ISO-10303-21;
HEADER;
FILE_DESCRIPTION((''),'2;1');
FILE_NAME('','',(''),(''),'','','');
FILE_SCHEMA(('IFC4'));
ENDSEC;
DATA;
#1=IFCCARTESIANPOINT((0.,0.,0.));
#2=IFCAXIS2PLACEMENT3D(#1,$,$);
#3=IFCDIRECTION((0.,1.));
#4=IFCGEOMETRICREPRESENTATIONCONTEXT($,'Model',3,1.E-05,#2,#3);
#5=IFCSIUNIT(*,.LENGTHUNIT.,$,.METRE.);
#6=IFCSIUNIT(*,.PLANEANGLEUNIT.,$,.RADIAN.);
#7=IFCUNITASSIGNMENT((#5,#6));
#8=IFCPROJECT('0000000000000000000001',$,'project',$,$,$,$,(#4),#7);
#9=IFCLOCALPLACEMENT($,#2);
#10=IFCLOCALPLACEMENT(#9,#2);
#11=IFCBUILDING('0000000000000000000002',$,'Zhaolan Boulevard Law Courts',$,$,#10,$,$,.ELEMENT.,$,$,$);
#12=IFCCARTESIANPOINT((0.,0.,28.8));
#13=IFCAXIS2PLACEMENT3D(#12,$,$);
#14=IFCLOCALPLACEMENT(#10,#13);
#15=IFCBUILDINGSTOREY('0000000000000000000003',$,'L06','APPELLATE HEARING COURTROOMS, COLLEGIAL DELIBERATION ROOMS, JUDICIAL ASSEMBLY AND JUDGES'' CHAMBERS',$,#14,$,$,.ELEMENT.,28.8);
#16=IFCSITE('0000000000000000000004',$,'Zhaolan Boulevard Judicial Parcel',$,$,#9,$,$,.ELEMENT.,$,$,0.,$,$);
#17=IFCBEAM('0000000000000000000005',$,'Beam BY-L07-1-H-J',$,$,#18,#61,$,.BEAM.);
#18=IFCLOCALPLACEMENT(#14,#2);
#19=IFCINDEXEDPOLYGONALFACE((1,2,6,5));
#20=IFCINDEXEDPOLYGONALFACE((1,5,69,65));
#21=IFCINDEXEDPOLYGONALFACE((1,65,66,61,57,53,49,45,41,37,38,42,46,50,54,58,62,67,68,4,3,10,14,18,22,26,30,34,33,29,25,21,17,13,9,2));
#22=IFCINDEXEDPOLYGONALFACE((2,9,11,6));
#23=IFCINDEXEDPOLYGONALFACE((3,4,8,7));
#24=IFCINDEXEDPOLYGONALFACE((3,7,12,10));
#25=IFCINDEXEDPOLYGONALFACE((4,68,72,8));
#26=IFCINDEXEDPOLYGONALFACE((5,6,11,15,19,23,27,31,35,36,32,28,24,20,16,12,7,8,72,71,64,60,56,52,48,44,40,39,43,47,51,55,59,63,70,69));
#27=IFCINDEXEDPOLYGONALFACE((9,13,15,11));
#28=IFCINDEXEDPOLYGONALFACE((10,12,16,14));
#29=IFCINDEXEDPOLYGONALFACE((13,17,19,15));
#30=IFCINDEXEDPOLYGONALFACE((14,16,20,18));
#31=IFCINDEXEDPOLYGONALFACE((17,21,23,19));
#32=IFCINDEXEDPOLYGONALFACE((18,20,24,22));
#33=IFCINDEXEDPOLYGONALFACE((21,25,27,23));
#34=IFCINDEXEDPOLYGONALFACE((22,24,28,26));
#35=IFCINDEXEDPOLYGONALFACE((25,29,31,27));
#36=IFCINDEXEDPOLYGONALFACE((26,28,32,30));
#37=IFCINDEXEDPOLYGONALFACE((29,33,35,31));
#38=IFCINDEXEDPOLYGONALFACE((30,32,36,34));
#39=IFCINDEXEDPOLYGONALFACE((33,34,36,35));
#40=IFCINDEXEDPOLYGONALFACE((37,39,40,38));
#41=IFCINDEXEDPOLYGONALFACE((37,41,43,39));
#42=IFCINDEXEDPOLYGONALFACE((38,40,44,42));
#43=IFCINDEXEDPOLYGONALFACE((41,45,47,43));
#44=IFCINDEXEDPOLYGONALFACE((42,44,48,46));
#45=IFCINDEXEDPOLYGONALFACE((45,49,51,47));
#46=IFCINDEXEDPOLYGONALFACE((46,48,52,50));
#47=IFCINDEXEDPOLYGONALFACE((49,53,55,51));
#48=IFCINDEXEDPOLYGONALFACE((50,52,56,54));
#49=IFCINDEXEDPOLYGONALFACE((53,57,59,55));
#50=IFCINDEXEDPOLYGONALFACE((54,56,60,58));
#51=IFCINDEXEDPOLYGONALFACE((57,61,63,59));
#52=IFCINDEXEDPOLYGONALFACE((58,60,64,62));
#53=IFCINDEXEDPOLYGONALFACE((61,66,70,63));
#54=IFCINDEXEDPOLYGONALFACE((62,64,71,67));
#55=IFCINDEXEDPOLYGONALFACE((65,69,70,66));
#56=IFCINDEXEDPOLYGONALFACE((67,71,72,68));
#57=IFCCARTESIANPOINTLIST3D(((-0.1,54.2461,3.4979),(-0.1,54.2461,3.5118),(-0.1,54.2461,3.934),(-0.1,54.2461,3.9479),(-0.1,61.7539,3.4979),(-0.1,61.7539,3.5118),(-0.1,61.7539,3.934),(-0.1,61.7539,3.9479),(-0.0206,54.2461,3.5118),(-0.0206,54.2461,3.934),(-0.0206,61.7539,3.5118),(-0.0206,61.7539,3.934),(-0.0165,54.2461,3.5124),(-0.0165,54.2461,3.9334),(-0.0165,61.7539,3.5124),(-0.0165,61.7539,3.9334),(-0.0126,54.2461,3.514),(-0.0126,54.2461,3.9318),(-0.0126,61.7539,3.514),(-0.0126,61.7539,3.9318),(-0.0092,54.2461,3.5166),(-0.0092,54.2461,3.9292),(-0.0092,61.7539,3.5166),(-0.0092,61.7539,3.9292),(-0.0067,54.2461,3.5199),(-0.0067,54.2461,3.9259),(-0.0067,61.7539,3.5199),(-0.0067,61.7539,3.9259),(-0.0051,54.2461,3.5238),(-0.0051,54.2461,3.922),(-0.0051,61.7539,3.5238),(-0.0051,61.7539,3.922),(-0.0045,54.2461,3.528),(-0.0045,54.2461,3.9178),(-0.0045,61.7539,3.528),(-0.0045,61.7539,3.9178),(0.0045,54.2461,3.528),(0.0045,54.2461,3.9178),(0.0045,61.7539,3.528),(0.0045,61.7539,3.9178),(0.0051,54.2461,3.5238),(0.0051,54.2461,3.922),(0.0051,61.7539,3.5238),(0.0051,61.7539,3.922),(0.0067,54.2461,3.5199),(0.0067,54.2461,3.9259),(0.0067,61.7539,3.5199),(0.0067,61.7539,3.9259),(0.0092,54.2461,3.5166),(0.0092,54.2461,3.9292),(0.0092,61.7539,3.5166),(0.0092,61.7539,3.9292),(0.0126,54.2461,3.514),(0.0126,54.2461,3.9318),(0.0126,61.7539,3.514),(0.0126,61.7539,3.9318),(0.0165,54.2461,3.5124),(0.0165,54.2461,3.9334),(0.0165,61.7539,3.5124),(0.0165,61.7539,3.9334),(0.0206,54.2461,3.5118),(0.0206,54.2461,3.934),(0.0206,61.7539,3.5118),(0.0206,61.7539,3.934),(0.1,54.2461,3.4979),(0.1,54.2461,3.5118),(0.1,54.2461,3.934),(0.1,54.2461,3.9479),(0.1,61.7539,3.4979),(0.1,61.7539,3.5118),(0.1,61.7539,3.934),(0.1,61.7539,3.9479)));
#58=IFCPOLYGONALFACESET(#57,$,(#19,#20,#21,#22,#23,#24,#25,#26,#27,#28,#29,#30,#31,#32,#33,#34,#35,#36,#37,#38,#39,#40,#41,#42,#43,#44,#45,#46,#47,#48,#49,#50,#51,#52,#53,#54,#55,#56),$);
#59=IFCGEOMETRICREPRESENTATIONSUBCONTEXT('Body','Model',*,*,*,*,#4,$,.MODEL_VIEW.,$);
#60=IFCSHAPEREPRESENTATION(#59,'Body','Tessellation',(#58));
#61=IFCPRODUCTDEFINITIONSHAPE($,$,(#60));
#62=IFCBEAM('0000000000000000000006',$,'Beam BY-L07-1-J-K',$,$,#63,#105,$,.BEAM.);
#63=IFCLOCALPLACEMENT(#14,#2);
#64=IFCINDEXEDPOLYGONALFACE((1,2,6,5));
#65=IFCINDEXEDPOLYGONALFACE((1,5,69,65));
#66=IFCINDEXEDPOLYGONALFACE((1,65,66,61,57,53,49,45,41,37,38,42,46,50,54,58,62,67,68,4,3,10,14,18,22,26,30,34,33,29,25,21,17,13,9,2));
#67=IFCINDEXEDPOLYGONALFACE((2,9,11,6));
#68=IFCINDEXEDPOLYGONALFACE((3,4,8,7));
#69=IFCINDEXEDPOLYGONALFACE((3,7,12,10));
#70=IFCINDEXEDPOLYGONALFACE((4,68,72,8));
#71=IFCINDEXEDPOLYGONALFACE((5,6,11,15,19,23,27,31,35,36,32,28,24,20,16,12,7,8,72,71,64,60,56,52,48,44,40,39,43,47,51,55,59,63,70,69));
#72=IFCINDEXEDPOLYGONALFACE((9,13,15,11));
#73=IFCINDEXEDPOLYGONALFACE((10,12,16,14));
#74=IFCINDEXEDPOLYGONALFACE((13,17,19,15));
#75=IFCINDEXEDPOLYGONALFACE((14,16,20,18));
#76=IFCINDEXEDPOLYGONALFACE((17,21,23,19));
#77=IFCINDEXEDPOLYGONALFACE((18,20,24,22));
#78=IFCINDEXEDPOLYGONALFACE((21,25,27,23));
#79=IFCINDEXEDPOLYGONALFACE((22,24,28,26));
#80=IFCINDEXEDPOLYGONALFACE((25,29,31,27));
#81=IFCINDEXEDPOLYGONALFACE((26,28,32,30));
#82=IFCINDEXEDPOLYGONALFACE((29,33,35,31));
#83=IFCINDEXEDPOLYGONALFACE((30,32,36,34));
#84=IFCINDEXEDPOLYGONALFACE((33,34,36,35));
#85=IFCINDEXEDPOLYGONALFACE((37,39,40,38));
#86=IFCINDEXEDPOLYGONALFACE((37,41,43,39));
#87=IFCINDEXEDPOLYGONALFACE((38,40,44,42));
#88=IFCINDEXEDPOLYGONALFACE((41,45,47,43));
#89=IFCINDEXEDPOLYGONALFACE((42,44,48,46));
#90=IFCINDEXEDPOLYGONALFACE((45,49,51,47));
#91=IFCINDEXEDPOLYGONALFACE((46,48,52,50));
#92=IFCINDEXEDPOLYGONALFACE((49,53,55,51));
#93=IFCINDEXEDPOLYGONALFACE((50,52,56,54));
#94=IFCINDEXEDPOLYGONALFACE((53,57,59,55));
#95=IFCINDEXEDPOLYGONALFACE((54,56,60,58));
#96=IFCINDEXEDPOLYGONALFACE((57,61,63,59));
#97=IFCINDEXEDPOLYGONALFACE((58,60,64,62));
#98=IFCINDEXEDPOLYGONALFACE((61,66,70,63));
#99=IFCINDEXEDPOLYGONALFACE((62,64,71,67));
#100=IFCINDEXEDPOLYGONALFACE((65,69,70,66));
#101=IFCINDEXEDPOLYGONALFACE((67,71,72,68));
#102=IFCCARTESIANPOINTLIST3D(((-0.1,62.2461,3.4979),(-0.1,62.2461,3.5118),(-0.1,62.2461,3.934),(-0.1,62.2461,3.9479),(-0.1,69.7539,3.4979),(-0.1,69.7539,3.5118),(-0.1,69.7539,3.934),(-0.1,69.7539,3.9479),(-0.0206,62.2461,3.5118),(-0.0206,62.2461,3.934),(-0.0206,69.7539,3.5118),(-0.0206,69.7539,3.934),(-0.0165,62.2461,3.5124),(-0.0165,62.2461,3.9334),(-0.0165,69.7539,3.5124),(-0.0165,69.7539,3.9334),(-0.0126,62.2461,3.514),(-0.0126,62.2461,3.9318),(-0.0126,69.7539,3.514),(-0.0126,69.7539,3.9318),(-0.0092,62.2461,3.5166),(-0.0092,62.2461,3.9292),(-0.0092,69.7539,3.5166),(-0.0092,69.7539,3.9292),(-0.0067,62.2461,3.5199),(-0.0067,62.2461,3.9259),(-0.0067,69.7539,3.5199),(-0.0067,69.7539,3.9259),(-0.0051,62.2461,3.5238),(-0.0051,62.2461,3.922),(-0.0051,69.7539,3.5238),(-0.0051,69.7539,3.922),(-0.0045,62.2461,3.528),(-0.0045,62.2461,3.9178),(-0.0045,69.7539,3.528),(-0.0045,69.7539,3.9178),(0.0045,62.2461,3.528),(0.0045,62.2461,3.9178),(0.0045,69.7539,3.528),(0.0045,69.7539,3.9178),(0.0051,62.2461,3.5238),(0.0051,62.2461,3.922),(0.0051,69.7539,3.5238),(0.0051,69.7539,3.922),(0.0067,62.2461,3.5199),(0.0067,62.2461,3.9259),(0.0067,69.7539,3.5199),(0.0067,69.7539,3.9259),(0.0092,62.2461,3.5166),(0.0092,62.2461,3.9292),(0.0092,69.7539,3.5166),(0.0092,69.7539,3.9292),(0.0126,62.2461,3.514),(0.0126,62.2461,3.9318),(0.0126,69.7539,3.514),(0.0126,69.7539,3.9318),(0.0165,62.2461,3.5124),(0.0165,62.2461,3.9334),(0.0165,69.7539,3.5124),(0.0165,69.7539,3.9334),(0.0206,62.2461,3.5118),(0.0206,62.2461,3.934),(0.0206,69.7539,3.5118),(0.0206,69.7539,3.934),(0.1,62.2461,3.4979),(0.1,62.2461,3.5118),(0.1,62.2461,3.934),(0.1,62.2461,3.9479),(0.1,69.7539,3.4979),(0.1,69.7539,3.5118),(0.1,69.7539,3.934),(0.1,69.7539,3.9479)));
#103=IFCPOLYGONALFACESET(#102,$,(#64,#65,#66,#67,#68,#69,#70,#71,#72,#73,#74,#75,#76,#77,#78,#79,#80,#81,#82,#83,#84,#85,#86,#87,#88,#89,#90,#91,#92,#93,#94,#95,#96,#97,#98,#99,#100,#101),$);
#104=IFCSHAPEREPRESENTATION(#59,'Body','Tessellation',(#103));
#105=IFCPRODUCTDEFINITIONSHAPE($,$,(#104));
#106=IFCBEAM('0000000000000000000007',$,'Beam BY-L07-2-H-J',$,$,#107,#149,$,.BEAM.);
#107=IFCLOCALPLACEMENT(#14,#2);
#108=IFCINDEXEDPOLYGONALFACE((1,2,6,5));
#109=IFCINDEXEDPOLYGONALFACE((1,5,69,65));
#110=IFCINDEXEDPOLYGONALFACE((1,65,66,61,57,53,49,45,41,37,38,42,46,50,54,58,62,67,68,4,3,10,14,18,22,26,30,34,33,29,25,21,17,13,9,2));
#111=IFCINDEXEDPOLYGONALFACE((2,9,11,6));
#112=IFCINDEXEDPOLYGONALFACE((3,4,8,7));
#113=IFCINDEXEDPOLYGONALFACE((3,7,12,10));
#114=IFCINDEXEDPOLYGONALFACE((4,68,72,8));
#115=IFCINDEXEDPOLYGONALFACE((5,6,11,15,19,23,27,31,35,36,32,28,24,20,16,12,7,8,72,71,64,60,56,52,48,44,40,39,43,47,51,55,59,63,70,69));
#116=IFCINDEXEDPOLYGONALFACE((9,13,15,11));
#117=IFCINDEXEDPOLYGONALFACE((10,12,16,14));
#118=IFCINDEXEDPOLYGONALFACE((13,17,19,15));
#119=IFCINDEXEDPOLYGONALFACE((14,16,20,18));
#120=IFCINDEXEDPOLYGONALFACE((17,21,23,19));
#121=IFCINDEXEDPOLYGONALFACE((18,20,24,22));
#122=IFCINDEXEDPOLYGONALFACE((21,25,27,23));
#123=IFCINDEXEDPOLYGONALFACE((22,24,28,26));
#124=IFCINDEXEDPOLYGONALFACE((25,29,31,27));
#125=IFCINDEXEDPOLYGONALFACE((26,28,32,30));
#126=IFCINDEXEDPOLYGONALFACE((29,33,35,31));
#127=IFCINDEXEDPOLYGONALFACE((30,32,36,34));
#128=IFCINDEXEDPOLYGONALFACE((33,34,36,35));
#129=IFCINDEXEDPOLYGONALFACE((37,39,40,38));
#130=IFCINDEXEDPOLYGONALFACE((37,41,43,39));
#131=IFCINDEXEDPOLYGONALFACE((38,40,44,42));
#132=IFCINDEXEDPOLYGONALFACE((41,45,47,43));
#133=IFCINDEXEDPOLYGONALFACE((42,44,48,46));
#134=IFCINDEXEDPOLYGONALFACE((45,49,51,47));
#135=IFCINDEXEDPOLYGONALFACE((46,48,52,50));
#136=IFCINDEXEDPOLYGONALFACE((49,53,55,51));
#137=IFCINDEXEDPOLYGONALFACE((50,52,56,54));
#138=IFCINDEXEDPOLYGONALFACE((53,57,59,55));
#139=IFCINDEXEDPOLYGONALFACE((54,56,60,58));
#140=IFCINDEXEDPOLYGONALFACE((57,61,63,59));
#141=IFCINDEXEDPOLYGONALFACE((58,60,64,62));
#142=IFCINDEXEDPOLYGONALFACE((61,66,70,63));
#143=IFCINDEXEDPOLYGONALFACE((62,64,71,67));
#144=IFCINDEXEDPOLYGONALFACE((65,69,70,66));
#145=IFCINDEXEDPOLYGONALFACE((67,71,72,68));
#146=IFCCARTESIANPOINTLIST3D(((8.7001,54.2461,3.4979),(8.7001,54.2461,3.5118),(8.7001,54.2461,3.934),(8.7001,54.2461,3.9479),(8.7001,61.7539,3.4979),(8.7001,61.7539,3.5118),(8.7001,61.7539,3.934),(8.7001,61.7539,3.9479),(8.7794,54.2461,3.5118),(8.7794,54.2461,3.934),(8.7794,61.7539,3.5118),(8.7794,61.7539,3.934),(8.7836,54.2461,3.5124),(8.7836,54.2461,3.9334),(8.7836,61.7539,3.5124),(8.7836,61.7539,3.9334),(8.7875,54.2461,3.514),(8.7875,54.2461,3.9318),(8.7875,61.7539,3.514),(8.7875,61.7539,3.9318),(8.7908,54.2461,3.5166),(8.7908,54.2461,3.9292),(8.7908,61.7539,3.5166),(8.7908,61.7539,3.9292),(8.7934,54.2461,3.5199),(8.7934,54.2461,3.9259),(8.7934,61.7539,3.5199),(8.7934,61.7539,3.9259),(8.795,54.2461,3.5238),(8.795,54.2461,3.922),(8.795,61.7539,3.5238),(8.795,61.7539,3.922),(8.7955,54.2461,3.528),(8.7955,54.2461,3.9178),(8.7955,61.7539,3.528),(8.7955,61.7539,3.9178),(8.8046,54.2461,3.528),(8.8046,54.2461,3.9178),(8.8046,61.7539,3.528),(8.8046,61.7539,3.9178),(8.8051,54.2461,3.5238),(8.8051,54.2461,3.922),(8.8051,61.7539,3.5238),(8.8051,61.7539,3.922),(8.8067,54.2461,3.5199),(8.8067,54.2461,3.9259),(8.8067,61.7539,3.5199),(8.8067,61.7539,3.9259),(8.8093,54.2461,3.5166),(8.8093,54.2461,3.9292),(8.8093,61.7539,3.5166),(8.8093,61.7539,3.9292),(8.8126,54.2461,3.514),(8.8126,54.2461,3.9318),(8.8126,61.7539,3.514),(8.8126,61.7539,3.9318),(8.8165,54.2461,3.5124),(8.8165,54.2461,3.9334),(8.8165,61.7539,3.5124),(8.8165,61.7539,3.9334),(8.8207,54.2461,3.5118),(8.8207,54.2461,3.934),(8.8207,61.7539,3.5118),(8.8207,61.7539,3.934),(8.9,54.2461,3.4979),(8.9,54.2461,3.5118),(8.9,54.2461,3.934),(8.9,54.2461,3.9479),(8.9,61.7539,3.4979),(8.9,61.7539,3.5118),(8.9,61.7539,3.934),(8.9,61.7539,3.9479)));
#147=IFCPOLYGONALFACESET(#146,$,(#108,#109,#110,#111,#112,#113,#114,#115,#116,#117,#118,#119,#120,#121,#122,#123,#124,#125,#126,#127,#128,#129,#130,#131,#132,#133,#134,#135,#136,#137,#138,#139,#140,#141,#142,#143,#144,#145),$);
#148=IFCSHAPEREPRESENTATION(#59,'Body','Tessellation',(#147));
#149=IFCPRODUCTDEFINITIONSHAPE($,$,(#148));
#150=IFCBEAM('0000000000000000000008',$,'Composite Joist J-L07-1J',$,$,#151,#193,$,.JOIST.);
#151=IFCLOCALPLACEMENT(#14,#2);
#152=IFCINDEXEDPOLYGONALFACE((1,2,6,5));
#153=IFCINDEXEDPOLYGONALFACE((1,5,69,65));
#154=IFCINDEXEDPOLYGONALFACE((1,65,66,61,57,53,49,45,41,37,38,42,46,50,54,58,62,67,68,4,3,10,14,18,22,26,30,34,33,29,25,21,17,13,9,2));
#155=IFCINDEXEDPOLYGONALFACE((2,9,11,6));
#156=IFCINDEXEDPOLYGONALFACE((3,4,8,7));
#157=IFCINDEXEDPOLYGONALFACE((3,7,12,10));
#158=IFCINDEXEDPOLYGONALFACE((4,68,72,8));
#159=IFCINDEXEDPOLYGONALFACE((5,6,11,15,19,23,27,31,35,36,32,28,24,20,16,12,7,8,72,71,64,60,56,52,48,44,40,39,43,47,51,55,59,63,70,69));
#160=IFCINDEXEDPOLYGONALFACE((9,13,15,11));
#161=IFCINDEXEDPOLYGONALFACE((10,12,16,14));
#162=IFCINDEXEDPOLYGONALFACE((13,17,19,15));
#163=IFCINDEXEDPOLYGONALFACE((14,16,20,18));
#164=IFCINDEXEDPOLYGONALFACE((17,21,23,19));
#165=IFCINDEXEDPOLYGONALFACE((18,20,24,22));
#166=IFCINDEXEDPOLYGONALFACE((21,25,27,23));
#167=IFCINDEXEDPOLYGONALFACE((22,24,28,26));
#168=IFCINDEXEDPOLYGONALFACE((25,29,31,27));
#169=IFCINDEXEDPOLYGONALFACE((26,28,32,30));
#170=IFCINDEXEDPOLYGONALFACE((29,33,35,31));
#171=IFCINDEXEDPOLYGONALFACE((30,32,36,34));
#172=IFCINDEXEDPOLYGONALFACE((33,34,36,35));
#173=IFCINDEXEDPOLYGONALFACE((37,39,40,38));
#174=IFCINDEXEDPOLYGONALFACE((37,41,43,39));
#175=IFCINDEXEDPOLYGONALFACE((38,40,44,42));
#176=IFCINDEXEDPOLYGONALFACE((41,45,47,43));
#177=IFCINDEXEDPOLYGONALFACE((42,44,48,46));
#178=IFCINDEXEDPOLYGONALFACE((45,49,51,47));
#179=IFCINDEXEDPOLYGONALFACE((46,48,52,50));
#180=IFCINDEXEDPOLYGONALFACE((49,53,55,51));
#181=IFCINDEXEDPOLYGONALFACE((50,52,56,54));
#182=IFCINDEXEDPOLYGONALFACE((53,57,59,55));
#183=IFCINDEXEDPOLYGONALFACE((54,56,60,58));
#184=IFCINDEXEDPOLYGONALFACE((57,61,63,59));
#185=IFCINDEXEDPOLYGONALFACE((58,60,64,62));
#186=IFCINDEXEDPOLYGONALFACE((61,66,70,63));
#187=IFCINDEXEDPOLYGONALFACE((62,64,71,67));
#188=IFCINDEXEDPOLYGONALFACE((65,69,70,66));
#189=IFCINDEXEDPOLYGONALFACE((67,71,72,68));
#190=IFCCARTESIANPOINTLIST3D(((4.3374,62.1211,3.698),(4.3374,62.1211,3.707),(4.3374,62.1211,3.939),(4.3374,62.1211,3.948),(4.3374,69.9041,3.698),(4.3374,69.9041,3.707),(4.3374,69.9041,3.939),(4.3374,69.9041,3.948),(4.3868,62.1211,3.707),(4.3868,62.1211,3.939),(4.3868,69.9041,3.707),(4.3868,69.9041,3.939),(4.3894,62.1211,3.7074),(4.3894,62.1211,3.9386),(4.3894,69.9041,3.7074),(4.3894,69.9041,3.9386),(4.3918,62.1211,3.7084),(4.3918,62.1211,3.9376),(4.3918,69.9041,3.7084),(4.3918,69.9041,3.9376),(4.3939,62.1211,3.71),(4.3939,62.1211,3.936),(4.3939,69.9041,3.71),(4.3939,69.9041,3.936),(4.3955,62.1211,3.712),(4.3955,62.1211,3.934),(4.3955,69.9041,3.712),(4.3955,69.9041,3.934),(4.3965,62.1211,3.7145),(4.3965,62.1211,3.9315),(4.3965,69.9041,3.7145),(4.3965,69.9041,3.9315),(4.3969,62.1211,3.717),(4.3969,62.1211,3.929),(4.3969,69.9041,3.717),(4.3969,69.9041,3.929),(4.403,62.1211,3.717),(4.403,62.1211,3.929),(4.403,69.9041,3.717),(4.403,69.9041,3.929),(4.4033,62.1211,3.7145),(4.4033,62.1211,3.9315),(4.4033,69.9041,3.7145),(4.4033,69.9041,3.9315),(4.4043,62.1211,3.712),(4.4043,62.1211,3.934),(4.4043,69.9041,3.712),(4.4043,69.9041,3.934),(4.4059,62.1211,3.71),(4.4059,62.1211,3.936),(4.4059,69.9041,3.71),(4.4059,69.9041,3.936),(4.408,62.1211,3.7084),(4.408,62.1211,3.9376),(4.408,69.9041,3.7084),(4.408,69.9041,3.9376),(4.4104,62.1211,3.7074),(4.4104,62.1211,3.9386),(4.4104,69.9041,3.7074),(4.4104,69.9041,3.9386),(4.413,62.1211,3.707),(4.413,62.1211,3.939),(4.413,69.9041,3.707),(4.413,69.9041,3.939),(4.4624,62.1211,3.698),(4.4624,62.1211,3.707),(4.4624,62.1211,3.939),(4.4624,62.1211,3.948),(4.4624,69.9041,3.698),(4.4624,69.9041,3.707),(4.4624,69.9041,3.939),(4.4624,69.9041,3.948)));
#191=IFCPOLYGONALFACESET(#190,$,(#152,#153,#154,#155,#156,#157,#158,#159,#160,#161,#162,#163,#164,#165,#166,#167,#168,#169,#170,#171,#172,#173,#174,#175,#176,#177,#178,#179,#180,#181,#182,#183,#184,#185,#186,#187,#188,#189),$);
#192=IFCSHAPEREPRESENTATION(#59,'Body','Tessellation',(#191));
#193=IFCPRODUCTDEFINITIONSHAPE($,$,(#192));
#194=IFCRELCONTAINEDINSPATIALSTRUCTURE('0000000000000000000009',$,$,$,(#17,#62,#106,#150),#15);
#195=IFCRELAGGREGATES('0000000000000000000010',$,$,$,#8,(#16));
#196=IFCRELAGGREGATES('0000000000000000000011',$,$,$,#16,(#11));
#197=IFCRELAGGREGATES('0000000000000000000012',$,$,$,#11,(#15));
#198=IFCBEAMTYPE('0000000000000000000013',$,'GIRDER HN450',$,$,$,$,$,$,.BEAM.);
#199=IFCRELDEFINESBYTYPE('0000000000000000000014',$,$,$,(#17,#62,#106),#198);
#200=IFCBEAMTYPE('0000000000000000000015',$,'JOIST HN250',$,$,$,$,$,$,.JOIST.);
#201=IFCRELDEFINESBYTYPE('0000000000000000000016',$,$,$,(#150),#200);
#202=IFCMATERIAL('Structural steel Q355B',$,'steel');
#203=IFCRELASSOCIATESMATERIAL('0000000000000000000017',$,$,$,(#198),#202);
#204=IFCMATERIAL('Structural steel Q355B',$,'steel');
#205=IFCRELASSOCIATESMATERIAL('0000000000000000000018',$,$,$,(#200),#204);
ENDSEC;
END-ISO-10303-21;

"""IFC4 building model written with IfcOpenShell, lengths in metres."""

from ifc_helpers import new_model, si_unit, direction, frame, origin, origin_2d, place, context, subcontext, project, spatial, i_section, extrude, material, material_profile, profile_set, type_object, element, save


model = new_model("IFC4")

# Units and contexts
model_context = context("Model", 3, precision=1e-05, world=origin(), true_north=direction((0.0, 1.0)))
body_context = subcontext(model_context, "Body", "Model", "MODEL_VIEW")
ifc_project = project(units=[si_unit("LENGTHUNIT", "METRE"), si_unit("PLANEANGLEUNIT", "RADIAN")], contexts=[model_context])

# Site, building, storey
site_placement = place(None, origin())
site = spatial("IfcSite", under=ifc_project, at=site_placement, Name="Zhaolan Boulevard Judicial Parcel", CompositionType="ELEMENT", RefElevation=0.0)
building_placement = place(site_placement, origin())
building = spatial("IfcBuilding", under=site, at=building_placement, Name="Zhaolan Boulevard Law Courts", CompositionType="ELEMENT")
storey_placement = place(building_placement, frame((0.0, 0.0, 28.8)))
storey = spatial("IfcBuildingStorey", under=building, at=storey_placement, Name="L06", Description="APPELLATE HEARING COURTROOMS, COLLEGIAL DELIBERATION ROOMS, JUDICIAL ASSEMBLY AND JUDGES' CHAMBERS", CompositionType="ELEMENT", Elevation=28.8)

# Beams
ifc_material_1 = material(Name="Structural steel Q355B", Category="steel")
ifc_material_profile_1 = material_profile(ifc_material_1, i_section(OverallWidth=0.2, OverallDepth=0.45, WebThickness=0.009, FlangeThickness=0.0139, FilletRadius=0.0161, at=origin_2d()), Name="HN450x200")
ifc_profile_set_1 = profile_set([ifc_material_profile_1], Name="Structural steel Q355B")
beam_type_1 = type_object("IfcBeamType", Name="GIRDER HN450", PredefinedType="BEAM", material=ifc_profile_set_1)
for number, where, z_axis, x_axis, name in (
    (1, (0.0, 54.2461, 3.7229), (0.0, 1.0, 0.0), (-1.0, 0.0, 0.0), "Beam BY-L07-1-H-J"),
    (2, (0.0, 62.2461, 3.7229), (0.0, 1.0, 0.0), (-1.0, 0.0, 0.0), "Beam BY-L07-1-J-K"),
    (3, (8.8, 54.2461, 3.7229), (0.0, 1.0, 0.0), (-1.0, 0.0, 0.0), "Beam BY-L07-2-H-J"),
):
    element("IfcBeam", number, at=place(storey_placement, frame(where, z_axis=z_axis, x_axis=x_axis)), inside=storey, type_object=beam_type_1, Name=name, PredefinedType="BEAM", context=body_context, shape_type="SweptSolid", body=[
        extrude(i_section(OverallWidth=0.2, OverallDepth=0.45, WebThickness=0.009, FlangeThickness=0.0139, FilletRadius=0.0161, at=origin_2d()), origin(), (0.0, 0.0, 1.0), 7.5078),
    ])
ifc_material_2 = material(Name="Structural steel Q355B", Category="steel")
ifc_material_profile_2 = material_profile(ifc_material_2, i_section(OverallWidth=0.125, OverallDepth=0.25, WebThickness=0.0061, FlangeThickness=0.009, FilletRadius=0.01, at=origin_2d()), Name="HN250x125")
ifc_profile_set_2 = profile_set([ifc_material_profile_2], Name="Structural steel Q355B")
beam_type_2 = type_object("IfcBeamType", Name="JOIST HN250", PredefinedType="JOIST", material=ifc_profile_set_2)
beam_1_placement = place(storey_placement, frame((4.3999, 62.1211, 3.823), z_axis=(0.0, 1.0, 0.0), x_axis=(-1.0, 0.0, 0.0)))
element("IfcBeam", 4, at=beam_1_placement, inside=storey, type_object=beam_type_2, Name="Composite Joist J-L07-1J", PredefinedType="JOIST", context=body_context, shape_type="SweptSolid", body=[
    extrude(i_section(OverallWidth=0.125, OverallDepth=0.25, WebThickness=0.0061, FlangeThickness=0.009, FilletRadius=0.01, at=origin_2d()), origin(), (0.0, 0.0, 1.0), 7.783),
])

save(model, "model.ifc")
